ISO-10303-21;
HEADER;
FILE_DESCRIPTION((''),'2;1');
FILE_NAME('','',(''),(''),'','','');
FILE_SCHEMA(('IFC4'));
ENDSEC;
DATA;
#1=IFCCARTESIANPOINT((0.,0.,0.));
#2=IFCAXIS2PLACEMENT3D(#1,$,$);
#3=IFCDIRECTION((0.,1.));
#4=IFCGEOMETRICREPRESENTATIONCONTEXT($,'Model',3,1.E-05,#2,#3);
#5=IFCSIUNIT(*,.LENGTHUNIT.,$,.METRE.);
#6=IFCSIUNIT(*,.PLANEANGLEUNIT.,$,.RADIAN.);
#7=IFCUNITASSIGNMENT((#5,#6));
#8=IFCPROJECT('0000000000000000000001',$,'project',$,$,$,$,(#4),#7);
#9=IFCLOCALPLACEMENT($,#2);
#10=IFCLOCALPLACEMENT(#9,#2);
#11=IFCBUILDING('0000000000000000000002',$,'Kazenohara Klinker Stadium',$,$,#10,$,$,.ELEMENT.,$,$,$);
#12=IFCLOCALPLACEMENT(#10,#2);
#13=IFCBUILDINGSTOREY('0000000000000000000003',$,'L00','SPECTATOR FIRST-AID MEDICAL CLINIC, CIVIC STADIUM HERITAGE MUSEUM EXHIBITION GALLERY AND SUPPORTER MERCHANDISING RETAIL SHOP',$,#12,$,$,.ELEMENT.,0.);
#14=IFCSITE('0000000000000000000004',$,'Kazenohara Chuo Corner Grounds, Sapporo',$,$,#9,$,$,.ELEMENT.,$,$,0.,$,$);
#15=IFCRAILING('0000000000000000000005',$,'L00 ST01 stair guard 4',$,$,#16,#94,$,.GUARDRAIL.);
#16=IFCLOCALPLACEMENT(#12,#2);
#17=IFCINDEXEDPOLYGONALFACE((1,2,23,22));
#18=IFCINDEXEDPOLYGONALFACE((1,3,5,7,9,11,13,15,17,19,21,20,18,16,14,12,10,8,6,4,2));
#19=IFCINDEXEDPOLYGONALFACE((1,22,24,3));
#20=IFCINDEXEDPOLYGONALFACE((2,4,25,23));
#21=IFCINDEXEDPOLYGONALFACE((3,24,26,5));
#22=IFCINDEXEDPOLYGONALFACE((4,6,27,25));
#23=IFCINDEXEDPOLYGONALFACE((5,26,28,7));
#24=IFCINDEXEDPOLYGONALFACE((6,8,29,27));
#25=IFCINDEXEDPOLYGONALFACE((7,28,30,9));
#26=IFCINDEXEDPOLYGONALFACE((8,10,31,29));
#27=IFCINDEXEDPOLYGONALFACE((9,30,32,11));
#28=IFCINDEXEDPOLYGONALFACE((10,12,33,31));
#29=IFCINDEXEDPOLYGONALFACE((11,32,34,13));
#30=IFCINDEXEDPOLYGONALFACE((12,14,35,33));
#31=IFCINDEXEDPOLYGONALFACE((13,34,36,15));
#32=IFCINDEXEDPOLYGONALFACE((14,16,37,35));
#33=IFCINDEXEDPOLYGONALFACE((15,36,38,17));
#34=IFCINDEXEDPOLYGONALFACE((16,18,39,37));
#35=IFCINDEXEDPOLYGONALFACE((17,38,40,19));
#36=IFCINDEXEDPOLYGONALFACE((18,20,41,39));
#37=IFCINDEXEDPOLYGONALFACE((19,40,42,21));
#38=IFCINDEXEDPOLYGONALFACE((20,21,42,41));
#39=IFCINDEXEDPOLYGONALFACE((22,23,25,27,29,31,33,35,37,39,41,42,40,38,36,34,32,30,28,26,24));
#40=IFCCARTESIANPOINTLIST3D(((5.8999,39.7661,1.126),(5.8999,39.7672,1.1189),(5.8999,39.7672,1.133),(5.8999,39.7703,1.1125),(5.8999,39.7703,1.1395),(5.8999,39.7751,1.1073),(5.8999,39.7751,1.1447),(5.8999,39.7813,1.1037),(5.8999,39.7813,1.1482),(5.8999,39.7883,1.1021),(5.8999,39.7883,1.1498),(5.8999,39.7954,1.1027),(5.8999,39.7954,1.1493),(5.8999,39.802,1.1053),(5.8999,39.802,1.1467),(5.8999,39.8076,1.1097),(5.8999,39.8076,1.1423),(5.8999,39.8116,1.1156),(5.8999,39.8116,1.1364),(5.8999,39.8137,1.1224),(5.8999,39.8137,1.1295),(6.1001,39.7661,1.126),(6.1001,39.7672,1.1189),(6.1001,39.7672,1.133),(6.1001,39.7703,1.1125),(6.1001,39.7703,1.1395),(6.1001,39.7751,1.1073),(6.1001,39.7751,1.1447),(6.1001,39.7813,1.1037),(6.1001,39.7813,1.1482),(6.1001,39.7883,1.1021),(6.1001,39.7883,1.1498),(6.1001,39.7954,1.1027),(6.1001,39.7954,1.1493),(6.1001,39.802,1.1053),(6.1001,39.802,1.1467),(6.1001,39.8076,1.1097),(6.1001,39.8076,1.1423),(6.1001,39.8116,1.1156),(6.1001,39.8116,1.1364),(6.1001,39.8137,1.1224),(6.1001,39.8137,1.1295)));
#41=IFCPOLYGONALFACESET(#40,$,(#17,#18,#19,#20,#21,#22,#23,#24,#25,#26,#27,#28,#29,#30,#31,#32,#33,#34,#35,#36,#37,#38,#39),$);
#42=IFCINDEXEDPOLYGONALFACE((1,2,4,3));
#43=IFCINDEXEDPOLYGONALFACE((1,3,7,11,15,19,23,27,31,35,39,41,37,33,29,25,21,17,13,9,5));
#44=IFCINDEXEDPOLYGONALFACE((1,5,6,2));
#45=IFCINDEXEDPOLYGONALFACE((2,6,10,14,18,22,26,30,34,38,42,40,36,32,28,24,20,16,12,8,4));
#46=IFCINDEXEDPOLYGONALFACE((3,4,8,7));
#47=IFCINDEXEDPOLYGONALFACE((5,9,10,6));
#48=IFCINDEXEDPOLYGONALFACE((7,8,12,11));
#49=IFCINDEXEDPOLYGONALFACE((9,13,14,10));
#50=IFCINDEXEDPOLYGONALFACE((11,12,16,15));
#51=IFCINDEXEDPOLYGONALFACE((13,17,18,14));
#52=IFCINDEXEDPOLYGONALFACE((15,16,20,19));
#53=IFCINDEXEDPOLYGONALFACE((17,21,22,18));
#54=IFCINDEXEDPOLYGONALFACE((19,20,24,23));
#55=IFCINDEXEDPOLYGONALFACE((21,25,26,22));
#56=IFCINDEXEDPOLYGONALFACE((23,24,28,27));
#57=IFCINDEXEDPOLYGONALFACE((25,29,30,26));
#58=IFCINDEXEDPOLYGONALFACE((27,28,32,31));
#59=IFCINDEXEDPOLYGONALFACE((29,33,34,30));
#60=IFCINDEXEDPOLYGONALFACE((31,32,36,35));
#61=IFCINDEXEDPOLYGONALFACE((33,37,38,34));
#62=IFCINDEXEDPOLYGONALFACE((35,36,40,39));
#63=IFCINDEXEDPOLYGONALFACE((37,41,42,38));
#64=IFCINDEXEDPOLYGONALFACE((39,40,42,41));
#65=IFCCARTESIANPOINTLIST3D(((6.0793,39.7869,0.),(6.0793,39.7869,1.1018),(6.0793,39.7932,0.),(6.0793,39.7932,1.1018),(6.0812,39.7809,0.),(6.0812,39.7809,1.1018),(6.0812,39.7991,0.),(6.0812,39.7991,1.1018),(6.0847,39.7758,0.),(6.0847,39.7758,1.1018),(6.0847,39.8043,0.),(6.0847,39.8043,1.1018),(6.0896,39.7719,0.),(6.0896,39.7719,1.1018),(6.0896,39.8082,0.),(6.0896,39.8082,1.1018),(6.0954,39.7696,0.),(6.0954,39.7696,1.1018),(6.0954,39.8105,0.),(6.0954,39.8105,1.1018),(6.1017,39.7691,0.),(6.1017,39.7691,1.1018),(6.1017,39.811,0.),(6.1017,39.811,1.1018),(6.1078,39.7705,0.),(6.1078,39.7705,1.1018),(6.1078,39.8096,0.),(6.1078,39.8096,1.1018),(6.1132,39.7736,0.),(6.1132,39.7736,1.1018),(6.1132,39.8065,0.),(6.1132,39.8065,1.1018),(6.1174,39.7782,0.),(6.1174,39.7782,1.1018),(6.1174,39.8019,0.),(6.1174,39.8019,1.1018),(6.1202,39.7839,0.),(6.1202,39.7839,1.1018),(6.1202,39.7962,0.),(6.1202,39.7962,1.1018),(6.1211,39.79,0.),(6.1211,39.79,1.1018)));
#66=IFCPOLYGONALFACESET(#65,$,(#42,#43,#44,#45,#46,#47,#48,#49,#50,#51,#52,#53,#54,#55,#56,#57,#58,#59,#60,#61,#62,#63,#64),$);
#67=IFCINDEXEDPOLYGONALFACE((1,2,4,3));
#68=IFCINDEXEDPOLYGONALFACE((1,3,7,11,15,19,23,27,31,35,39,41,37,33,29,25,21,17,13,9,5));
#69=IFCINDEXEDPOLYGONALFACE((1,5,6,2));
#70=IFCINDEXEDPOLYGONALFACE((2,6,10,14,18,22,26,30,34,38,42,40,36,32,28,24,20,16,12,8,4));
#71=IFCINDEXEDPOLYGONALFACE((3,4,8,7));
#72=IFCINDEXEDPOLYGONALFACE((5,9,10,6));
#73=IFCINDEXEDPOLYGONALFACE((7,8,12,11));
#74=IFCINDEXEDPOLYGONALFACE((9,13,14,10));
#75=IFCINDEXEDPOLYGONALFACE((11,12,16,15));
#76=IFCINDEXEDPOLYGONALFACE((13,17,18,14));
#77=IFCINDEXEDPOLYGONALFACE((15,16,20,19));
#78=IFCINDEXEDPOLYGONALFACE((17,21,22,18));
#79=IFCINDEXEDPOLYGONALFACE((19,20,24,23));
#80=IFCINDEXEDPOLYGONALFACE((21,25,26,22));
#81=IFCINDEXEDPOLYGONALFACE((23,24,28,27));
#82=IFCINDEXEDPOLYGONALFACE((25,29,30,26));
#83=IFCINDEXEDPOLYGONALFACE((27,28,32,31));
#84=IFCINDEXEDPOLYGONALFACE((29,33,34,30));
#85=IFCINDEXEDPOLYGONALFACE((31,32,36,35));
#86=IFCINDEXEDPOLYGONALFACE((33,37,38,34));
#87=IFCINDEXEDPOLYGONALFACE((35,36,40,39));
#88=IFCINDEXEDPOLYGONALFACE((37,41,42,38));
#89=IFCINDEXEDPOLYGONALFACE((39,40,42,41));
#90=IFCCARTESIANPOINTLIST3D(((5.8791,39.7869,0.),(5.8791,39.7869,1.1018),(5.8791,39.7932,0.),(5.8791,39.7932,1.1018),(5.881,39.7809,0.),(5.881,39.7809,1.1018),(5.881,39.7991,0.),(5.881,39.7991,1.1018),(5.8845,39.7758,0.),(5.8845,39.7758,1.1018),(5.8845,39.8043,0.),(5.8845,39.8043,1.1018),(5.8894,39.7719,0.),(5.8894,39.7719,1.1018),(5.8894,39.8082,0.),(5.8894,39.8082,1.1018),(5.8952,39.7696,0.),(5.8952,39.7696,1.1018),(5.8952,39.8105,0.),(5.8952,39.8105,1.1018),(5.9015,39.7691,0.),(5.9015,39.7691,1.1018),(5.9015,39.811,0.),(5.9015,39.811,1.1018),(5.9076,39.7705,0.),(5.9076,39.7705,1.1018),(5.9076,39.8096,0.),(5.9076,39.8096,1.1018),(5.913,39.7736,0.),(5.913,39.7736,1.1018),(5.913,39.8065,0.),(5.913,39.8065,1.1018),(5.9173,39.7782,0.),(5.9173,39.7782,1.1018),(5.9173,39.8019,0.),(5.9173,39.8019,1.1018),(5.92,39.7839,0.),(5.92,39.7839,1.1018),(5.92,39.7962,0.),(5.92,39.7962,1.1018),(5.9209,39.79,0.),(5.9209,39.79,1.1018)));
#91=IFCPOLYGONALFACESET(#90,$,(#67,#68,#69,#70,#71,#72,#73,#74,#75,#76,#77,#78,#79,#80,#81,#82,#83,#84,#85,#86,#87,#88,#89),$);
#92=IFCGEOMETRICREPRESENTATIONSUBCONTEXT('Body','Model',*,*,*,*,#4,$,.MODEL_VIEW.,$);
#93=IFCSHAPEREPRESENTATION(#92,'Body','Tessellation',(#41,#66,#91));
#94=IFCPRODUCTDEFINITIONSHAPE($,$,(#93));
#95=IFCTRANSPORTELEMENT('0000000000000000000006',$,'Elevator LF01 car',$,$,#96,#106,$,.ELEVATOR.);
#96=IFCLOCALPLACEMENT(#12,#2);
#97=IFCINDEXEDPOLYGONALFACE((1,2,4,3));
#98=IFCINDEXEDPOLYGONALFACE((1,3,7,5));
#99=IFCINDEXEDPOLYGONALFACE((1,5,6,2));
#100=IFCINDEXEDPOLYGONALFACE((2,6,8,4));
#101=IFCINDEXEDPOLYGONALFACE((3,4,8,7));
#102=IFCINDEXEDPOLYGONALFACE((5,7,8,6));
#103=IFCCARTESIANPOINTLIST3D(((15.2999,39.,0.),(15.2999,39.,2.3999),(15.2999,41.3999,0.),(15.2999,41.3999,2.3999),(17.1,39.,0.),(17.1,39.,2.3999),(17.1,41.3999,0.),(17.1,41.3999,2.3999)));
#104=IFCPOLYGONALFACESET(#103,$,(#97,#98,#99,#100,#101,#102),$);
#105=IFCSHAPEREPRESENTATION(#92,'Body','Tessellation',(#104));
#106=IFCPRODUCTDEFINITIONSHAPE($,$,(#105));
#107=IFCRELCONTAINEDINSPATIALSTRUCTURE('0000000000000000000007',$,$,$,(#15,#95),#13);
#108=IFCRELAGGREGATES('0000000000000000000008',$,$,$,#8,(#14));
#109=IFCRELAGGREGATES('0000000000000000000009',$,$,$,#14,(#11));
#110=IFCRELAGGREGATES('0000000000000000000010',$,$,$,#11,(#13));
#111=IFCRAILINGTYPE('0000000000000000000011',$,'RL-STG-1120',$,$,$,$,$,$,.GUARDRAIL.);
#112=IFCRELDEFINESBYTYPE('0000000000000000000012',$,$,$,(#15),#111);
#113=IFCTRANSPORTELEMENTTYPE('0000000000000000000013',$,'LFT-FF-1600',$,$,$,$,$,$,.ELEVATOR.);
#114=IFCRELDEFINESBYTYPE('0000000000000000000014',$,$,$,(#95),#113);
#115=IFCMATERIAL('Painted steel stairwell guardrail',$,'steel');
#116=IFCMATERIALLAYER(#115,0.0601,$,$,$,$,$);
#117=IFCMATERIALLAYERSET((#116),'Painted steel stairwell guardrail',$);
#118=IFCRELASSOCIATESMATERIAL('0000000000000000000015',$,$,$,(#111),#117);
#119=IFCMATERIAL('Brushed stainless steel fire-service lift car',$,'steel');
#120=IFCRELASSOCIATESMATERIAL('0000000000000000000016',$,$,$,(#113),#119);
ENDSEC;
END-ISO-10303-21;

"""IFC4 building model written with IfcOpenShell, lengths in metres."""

from ifc_helpers import new_model, si_unit, direction, frame, origin, origin_2d, place, context, subcontext, project, spatial, rectangle, circle, extrude, material, layer, layer_set, type_object, element, save


model = new_model("IFC4")

# Units and contexts
model_context = context("Model", 3, precision=1e-05, world=origin(), true_north=direction((0.0, 1.0)))
body_context = subcontext(model_context, "Body", "Model", "MODEL_VIEW")
ifc_project = project(units=[si_unit("LENGTHUNIT", "METRE"), si_unit("PLANEANGLEUNIT", "RADIAN")], contexts=[model_context])

# Site, building, storey
site_placement = place(None, origin())
site = spatial("IfcSite", under=ifc_project, at=site_placement, Name="Kazenohara Chuo Corner Grounds, Sapporo", CompositionType="ELEMENT", RefElevation=0.0)
building_placement = place(site_placement, origin())
building = spatial("IfcBuilding", under=site, at=building_placement, Name="Kazenohara Klinker Stadium", CompositionType="ELEMENT")
storey_placement = place(building_placement, origin())
storey = spatial("IfcBuildingStorey", under=building, at=storey_placement, Name="L00", Description="SPECTATOR FIRST-AID MEDICAL CLINIC, CIVIC STADIUM HERITAGE MUSEUM EXHIBITION GALLERY AND SUPPORTER MERCHANDISING RETAIL SHOP", CompositionType="ELEMENT", Elevation=0.0)

# Railing
ifc_material_1 = material(Name="Painted steel stairwell guardrail", Category="steel")
ifc_layer_1 = layer(ifc_material_1, 0.0601)
ifc_layer_set_1 = layer_set([ifc_layer_1], Name="Painted steel stairwell guardrail")
railing_type_1 = type_object("IfcRailingType", Name="RL-STG-1120", PredefinedType="GUARDRAIL", material=ifc_layer_set_1)
railing_1_placement = place(storey_placement, frame((6.1001, 39.79, 0.0)))
element("IfcRailing", 1, at=railing_1_placement, inside=storey, type_object=railing_type_1, Name="L00 ST01 stair guard 4", PredefinedType="GUARDRAIL", context=body_context, shape_type="SweptSolid", body=[
    extrude(circle(Radius=0.0239, at=origin_2d()), frame((0.0, 0.0, 1.126), z_axis=(-1.0, 0.0, 0.0), x_axis=(0.0, -1.0, 0.0)), (0.0, 0.0, 1.0), 0.2002),
    extrude(circle(Radius=0.021, at=origin_2d()), origin(), (0.0, 0.0, 1.0), 1.1018),
    extrude(circle(Radius=0.021, at=origin_2d()), frame((-0.2002, 0.0, 0.0)), (0.0, 0.0, 1.0), 1.1018),
])

# Transport element
ifc_material_2 = material(Name="Brushed stainless steel fire-service lift car", Category="steel")
transport_element_type = type_object("IfcTransportElementType", Name="LFT-FF-1600", PredefinedType="ELEVATOR", material=ifc_material_2)
transport_element_placement = place(storey_placement, frame((16.2, 40.2, 0.0), z_axis=(0.0, 0.0, 1.0), x_axis=(1.0, 0.0, 0.0)))
element("IfcTransportElement", 2, at=transport_element_placement, inside=storey, type_object=transport_element_type, Name="Elevator LF01 car", PredefinedType="ELEVATOR", context=body_context, shape_type="SweptSolid", body=[
    extrude(rectangle(XDim=1.8, YDim=2.3999, at=origin_2d()), origin(), (0.0, 0.0, 1.0), 2.3999),
])

save(model, "model.ifc")
